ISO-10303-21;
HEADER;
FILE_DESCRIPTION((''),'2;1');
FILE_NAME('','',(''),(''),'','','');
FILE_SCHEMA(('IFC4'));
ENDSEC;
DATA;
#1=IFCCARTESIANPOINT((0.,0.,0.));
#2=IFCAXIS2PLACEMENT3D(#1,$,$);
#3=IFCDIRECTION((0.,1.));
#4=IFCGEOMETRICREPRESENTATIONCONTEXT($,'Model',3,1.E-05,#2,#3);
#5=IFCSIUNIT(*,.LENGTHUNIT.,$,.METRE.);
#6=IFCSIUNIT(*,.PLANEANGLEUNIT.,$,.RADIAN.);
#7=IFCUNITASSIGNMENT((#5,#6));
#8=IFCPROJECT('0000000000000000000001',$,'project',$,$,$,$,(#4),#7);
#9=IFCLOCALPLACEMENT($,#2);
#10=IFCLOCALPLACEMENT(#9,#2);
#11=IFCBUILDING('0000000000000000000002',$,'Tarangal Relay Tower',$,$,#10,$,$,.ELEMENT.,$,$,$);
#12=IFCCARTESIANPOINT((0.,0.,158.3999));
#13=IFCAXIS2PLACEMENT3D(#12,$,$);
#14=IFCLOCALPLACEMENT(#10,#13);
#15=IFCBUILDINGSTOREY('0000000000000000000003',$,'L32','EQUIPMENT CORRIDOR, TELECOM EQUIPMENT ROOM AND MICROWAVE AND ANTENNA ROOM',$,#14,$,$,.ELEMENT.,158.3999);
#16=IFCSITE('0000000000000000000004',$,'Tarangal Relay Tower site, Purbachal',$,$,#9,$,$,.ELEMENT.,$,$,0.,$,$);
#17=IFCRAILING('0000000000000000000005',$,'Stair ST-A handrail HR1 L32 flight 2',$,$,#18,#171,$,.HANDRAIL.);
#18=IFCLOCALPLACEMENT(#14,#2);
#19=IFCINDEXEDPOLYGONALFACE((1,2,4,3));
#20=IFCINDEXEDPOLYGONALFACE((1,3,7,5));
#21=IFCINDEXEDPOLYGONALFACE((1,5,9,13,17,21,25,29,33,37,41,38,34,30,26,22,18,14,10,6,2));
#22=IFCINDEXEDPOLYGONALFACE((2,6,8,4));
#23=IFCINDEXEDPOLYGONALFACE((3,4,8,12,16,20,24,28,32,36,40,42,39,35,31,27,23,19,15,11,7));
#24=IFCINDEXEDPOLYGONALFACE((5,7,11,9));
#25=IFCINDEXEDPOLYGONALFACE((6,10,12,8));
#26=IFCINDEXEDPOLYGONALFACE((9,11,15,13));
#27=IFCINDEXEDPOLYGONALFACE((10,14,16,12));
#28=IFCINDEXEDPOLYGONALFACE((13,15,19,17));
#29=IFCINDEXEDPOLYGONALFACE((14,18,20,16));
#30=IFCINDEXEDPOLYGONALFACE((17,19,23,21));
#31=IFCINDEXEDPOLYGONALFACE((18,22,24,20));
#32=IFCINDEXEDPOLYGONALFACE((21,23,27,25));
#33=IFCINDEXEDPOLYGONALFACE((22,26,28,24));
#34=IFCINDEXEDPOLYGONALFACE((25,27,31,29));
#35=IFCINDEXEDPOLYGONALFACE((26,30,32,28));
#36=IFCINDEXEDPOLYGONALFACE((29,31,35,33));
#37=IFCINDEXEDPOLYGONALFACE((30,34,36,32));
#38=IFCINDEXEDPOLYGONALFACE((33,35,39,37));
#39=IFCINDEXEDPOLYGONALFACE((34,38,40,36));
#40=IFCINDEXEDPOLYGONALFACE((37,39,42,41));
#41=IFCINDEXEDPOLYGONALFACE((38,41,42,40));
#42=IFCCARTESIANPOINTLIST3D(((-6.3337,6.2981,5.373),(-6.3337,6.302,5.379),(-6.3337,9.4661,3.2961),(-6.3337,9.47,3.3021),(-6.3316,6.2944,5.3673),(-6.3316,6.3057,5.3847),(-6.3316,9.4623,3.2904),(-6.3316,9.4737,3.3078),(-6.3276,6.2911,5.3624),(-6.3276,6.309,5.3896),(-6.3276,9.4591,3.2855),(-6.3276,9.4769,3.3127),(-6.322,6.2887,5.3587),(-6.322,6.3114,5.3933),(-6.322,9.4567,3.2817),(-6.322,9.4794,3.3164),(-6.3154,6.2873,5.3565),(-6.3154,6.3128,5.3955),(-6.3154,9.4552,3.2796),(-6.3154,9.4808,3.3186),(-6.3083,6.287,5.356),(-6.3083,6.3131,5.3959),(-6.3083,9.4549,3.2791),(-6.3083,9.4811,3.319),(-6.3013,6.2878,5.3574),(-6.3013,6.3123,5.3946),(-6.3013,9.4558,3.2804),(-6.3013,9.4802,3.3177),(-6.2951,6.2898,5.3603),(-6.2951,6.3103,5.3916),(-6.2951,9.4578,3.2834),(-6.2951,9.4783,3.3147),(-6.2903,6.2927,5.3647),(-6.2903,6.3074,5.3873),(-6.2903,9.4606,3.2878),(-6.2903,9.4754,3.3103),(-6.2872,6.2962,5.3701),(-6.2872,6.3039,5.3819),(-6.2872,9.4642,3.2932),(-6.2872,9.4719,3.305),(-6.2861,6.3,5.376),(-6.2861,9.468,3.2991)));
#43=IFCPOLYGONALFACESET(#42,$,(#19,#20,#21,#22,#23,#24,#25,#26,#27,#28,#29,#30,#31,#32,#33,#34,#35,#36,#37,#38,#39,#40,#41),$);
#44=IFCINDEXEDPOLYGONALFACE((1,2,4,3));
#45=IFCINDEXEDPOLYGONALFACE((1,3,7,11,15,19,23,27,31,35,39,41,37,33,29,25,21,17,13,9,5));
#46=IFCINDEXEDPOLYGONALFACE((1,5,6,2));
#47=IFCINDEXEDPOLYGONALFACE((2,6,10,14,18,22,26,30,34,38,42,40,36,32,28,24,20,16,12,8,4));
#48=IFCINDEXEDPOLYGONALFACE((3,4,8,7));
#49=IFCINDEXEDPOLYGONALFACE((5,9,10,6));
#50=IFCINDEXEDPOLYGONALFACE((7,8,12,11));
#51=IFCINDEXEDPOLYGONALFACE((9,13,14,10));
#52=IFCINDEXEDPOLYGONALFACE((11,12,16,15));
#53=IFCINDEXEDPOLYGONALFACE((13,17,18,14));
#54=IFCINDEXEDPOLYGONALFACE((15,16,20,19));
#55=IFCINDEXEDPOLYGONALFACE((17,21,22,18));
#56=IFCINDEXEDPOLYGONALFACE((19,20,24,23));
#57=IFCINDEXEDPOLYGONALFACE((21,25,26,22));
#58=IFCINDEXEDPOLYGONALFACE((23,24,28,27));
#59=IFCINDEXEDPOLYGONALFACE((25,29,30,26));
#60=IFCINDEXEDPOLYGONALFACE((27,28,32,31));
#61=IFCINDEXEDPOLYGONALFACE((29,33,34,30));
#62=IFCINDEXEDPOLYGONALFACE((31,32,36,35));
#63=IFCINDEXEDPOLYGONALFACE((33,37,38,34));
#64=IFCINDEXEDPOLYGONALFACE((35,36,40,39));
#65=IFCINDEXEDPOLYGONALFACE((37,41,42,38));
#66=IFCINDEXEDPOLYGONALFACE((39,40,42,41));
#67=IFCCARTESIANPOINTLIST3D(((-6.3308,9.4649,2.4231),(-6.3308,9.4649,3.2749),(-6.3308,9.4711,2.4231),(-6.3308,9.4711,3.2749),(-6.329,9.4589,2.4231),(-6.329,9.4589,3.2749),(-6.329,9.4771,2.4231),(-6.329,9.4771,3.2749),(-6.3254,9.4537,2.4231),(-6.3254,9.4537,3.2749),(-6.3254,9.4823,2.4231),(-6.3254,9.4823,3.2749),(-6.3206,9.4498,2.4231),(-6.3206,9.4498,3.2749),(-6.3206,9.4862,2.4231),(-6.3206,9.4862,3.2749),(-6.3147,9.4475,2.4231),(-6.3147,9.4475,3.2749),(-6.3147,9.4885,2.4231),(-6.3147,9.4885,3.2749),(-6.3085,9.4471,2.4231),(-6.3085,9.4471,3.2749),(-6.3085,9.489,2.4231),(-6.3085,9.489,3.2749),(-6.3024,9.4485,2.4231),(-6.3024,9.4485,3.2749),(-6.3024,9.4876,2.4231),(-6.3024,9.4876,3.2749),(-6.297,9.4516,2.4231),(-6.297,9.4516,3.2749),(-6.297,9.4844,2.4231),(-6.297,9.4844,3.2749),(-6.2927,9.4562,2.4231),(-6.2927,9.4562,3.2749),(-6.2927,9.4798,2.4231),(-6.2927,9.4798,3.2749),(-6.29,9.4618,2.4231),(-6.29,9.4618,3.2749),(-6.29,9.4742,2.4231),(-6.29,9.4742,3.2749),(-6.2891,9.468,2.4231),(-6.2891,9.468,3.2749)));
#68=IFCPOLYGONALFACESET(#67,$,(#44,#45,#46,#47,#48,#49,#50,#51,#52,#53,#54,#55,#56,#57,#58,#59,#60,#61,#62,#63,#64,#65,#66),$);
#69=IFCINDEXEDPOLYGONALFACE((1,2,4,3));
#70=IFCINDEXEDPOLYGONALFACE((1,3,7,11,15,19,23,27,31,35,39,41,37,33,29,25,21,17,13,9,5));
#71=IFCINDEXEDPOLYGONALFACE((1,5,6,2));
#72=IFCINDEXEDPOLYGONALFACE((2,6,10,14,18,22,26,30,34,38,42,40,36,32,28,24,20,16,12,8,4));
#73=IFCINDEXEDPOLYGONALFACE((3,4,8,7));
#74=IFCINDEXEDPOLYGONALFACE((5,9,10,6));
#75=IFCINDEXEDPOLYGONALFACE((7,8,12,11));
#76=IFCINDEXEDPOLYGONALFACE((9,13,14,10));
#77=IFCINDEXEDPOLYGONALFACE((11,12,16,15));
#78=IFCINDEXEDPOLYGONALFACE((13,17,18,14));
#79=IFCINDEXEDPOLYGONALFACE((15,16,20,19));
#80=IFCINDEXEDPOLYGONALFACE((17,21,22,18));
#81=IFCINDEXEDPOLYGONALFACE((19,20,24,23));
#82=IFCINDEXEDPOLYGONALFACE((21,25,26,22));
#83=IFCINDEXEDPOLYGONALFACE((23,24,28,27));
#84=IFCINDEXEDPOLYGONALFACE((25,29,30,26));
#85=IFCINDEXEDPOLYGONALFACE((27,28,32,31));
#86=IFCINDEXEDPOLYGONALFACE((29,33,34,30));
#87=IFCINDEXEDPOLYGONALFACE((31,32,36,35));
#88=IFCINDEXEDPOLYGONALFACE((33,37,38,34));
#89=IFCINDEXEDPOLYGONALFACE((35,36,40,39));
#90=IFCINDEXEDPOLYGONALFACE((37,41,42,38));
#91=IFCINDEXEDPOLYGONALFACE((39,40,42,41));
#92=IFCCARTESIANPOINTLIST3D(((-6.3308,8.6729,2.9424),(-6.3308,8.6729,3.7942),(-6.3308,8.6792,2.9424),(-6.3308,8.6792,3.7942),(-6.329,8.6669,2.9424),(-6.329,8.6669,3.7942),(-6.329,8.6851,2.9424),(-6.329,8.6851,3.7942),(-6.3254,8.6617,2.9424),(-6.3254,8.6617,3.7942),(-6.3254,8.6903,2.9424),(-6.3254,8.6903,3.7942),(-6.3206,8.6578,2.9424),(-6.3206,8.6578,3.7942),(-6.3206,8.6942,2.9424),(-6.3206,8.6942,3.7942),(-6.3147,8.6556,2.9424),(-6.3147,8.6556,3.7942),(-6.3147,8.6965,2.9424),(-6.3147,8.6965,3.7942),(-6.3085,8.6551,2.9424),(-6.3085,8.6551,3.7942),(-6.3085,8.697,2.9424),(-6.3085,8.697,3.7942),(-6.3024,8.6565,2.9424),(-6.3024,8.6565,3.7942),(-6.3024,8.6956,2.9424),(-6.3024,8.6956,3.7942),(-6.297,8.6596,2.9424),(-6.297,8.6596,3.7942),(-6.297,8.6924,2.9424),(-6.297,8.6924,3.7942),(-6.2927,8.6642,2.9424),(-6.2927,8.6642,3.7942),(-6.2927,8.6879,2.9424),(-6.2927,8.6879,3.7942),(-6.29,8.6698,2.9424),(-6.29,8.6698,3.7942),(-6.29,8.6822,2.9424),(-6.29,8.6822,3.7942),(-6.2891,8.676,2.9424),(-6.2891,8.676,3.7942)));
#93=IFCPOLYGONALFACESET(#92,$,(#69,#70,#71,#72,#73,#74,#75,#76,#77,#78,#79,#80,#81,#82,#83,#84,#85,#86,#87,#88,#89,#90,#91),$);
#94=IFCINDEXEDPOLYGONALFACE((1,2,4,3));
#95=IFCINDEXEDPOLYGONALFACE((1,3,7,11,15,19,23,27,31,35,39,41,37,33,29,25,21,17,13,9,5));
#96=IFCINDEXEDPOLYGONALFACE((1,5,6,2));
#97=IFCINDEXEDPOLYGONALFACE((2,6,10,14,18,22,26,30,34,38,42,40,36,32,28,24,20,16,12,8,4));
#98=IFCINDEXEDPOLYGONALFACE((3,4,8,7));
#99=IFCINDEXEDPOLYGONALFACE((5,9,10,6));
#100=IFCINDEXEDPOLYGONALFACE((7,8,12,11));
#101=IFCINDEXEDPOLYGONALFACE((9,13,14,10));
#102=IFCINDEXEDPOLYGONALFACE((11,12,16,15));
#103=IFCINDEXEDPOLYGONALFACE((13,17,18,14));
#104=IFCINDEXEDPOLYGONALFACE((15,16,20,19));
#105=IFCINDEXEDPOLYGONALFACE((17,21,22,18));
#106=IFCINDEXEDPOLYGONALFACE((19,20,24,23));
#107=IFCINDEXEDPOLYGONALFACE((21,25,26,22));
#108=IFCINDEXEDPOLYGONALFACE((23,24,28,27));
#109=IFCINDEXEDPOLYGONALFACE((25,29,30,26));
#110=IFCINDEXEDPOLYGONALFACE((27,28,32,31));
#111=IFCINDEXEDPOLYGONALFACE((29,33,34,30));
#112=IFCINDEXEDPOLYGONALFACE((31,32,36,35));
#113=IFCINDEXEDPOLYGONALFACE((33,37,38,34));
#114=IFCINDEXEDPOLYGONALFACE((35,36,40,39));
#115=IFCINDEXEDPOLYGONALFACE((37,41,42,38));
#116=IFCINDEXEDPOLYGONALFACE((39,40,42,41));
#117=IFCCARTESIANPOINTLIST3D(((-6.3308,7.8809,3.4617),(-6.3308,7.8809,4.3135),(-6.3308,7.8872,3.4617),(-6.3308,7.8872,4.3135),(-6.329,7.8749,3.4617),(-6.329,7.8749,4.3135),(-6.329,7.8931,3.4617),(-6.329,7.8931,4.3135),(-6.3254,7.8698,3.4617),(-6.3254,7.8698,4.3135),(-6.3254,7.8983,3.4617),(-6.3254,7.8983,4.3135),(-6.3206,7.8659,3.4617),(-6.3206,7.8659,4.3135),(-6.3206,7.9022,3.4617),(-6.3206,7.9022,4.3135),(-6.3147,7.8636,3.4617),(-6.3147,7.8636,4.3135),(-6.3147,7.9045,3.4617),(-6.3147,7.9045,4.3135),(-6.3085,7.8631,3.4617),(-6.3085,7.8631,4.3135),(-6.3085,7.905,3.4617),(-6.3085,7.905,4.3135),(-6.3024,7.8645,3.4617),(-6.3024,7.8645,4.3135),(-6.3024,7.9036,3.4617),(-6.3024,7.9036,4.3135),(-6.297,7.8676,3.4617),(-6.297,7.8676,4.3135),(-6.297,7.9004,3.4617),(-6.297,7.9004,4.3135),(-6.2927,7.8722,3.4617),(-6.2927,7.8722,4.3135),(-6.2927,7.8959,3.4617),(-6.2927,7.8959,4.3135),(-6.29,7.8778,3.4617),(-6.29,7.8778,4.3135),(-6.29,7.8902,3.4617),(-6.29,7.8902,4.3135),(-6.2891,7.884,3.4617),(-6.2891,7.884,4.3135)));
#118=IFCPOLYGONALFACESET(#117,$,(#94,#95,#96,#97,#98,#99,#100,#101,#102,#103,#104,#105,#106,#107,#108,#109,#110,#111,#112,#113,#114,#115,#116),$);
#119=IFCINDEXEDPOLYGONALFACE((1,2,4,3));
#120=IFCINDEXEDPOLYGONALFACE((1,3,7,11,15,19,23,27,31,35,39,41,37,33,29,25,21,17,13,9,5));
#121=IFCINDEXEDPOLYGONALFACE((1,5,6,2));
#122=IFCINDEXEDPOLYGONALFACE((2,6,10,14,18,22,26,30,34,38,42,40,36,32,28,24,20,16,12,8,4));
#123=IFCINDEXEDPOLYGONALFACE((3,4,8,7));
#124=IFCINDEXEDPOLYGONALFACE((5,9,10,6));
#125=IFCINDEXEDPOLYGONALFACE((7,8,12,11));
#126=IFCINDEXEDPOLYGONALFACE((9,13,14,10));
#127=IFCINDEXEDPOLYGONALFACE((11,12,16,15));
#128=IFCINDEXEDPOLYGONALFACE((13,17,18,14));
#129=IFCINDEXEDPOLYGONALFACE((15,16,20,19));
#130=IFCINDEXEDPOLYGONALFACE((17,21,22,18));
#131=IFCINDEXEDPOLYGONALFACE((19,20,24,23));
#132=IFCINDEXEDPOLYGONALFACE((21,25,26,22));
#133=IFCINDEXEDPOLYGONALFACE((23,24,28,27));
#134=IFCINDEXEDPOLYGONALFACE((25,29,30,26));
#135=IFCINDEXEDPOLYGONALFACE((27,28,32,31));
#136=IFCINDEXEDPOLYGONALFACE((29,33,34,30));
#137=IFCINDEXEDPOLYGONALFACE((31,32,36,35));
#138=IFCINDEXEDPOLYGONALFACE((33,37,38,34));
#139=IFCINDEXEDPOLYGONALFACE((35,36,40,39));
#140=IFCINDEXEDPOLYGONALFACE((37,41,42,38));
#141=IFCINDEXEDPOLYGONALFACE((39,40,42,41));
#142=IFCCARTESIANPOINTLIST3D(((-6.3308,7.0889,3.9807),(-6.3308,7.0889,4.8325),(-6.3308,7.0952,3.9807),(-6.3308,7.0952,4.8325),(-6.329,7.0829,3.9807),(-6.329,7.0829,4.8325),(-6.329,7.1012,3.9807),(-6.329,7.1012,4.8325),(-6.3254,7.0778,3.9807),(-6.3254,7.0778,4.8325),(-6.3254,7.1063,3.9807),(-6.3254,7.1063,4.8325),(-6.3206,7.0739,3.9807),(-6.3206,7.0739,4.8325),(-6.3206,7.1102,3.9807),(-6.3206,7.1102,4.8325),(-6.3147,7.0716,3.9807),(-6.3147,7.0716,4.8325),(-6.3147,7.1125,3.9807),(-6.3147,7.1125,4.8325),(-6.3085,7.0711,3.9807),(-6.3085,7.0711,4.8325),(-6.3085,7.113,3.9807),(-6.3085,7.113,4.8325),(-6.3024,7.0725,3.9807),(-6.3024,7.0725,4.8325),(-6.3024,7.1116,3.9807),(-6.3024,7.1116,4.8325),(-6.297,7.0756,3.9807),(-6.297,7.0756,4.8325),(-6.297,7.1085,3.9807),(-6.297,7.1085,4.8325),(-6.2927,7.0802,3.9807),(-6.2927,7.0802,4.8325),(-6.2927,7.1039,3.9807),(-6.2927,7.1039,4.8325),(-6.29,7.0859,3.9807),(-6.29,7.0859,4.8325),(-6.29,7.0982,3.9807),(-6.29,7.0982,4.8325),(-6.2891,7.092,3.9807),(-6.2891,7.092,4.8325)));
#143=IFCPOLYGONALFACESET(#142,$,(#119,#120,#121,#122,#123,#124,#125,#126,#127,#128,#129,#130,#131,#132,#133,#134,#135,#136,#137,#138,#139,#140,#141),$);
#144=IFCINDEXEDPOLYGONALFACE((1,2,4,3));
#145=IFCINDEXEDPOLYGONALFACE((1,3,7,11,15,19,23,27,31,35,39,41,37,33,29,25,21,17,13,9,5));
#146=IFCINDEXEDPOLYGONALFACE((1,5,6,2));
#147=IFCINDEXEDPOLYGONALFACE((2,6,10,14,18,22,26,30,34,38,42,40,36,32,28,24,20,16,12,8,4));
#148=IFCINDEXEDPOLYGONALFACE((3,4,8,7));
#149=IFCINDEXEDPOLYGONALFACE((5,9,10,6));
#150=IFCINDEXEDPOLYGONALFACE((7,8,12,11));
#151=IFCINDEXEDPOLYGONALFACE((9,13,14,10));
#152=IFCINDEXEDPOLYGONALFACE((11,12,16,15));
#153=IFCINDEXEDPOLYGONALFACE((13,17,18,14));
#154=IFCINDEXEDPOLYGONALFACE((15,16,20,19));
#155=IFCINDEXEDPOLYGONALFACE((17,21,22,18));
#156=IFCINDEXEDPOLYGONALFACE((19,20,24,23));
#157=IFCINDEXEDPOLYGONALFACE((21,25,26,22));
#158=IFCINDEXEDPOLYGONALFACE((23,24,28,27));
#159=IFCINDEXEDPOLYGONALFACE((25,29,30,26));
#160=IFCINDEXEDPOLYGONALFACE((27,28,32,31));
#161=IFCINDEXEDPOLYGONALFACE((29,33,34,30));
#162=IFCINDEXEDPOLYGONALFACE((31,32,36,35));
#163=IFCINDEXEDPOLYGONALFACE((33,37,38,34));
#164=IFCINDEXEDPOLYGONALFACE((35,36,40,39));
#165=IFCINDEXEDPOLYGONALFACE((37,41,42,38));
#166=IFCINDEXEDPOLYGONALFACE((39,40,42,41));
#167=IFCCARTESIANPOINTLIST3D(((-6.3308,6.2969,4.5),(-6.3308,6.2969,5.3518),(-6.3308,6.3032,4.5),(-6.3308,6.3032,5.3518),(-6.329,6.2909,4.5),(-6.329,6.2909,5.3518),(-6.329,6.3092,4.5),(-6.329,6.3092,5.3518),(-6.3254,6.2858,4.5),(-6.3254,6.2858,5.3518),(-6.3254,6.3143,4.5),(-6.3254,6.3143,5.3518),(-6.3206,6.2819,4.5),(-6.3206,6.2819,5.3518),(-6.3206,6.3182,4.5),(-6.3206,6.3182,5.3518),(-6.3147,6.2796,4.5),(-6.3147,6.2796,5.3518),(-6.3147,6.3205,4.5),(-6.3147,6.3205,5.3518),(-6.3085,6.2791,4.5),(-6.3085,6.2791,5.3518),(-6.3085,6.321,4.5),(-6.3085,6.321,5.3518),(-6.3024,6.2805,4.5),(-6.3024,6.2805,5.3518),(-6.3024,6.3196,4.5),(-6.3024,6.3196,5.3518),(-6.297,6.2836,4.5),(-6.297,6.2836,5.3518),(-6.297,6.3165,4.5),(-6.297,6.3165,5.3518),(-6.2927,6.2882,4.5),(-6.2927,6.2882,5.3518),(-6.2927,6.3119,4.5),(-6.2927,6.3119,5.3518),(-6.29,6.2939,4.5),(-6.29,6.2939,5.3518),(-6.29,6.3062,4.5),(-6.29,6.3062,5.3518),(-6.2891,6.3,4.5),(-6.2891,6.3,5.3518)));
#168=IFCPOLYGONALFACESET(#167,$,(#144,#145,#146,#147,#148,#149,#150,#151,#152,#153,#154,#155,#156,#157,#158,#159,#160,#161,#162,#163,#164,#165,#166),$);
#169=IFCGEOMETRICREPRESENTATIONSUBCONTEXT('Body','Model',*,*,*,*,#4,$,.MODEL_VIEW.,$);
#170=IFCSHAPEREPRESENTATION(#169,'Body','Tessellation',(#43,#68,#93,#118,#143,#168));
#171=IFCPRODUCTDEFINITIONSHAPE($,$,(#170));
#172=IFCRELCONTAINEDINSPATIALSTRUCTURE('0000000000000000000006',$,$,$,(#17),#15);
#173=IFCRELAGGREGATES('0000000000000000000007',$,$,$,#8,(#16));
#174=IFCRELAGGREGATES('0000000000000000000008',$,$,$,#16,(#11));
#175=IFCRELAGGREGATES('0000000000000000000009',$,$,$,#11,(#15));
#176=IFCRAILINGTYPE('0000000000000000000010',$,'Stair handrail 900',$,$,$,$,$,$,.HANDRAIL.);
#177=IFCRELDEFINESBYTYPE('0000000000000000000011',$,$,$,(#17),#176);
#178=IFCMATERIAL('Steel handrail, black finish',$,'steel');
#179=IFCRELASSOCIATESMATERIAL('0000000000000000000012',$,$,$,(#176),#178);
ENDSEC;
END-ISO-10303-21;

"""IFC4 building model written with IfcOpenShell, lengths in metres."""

from ifc_helpers import new_model, si_unit, direction, frame, origin, origin_2d, place, context, subcontext, project, spatial, circle, extrude, material, type_object, element, save


model = new_model("IFC4")

# Units and contexts
model_context = context("Model", 3, precision=1e-05, world=origin(), true_north=direction((0.0, 1.0)))
body_context = subcontext(model_context, "Body", "Model", "MODEL_VIEW")
ifc_project = project(units=[si_unit("LENGTHUNIT", "METRE"), si_unit("PLANEANGLEUNIT", "RADIAN")], contexts=[model_context])

# Site, building, storey
site_placement = place(None, origin())
site = spatial("IfcSite", under=ifc_project, at=site_placement, Name="Tarangal Relay Tower site, Purbachal", CompositionType="ELEMENT", RefElevation=0.0)
building_placement = place(site_placement, origin())
building = spatial("IfcBuilding", under=site, at=building_placement, Name="Tarangal Relay Tower", CompositionType="ELEMENT")
storey_placement = place(building_placement, frame((0.0, 0.0, 158.3999)))
storey = spatial("IfcBuildingStorey", under=building, at=storey_placement, Name="L32", Description="EQUIPMENT CORRIDOR, TELECOM EQUIPMENT ROOM AND MICROWAVE AND ANTENNA ROOM", CompositionType="ELEMENT", Elevation=158.3999)

# Railing
ifc_material_1 = material(Name="Steel handrail, black finish", Category="steel")
railing_type_1 = type_object("IfcRailingType", Name="Stair handrail 900", PredefinedType="HANDRAIL", material=ifc_material_1)
railing_1_placement = place(storey_placement, frame((-6.3101, 9.468, 2.4231)))
element("IfcRailing", 1, at=railing_1_placement, inside=storey, type_object=railing_type_1, Name="Stair ST-A handrail HR1 L32 flight 2", PredefinedType="HANDRAIL", context=body_context, shape_type="SweptSolid", body=[
    extrude(circle(Radius=0.0239, at=origin_2d()), frame((0.0, 0.0, 0.876), z_axis=(0.0, -0.836299, 0.548273), x_axis=(1.0, 0.0, 0.0)), (0.0, 0.0, 1.0), 3.7881),
    extrude(circle(Radius=0.021, at=origin_2d()), origin(), (0.0, 0.0, 1.0), 0.8518),
    extrude(circle(Radius=0.021, at=origin_2d()), frame((0.0, -0.792, 0.5193)), (0.0, 0.0, 1.0), 0.8518),
    extrude(circle(Radius=0.021, at=origin_2d()), frame((0.0, -1.584, 1.0386)), (0.0, 0.0, 1.0), 0.8518),
    extrude(circle(Radius=0.021, at=origin_2d()), frame((0.0, -2.376, 1.5576)), (0.0, 0.0, 1.0), 0.8518),
    extrude(circle(Radius=0.021, at=origin_2d()), frame((0.0, -3.168, 2.0769)), (0.0, 0.0, 1.0), 0.8518),
])

save(model, "model.ifc")
